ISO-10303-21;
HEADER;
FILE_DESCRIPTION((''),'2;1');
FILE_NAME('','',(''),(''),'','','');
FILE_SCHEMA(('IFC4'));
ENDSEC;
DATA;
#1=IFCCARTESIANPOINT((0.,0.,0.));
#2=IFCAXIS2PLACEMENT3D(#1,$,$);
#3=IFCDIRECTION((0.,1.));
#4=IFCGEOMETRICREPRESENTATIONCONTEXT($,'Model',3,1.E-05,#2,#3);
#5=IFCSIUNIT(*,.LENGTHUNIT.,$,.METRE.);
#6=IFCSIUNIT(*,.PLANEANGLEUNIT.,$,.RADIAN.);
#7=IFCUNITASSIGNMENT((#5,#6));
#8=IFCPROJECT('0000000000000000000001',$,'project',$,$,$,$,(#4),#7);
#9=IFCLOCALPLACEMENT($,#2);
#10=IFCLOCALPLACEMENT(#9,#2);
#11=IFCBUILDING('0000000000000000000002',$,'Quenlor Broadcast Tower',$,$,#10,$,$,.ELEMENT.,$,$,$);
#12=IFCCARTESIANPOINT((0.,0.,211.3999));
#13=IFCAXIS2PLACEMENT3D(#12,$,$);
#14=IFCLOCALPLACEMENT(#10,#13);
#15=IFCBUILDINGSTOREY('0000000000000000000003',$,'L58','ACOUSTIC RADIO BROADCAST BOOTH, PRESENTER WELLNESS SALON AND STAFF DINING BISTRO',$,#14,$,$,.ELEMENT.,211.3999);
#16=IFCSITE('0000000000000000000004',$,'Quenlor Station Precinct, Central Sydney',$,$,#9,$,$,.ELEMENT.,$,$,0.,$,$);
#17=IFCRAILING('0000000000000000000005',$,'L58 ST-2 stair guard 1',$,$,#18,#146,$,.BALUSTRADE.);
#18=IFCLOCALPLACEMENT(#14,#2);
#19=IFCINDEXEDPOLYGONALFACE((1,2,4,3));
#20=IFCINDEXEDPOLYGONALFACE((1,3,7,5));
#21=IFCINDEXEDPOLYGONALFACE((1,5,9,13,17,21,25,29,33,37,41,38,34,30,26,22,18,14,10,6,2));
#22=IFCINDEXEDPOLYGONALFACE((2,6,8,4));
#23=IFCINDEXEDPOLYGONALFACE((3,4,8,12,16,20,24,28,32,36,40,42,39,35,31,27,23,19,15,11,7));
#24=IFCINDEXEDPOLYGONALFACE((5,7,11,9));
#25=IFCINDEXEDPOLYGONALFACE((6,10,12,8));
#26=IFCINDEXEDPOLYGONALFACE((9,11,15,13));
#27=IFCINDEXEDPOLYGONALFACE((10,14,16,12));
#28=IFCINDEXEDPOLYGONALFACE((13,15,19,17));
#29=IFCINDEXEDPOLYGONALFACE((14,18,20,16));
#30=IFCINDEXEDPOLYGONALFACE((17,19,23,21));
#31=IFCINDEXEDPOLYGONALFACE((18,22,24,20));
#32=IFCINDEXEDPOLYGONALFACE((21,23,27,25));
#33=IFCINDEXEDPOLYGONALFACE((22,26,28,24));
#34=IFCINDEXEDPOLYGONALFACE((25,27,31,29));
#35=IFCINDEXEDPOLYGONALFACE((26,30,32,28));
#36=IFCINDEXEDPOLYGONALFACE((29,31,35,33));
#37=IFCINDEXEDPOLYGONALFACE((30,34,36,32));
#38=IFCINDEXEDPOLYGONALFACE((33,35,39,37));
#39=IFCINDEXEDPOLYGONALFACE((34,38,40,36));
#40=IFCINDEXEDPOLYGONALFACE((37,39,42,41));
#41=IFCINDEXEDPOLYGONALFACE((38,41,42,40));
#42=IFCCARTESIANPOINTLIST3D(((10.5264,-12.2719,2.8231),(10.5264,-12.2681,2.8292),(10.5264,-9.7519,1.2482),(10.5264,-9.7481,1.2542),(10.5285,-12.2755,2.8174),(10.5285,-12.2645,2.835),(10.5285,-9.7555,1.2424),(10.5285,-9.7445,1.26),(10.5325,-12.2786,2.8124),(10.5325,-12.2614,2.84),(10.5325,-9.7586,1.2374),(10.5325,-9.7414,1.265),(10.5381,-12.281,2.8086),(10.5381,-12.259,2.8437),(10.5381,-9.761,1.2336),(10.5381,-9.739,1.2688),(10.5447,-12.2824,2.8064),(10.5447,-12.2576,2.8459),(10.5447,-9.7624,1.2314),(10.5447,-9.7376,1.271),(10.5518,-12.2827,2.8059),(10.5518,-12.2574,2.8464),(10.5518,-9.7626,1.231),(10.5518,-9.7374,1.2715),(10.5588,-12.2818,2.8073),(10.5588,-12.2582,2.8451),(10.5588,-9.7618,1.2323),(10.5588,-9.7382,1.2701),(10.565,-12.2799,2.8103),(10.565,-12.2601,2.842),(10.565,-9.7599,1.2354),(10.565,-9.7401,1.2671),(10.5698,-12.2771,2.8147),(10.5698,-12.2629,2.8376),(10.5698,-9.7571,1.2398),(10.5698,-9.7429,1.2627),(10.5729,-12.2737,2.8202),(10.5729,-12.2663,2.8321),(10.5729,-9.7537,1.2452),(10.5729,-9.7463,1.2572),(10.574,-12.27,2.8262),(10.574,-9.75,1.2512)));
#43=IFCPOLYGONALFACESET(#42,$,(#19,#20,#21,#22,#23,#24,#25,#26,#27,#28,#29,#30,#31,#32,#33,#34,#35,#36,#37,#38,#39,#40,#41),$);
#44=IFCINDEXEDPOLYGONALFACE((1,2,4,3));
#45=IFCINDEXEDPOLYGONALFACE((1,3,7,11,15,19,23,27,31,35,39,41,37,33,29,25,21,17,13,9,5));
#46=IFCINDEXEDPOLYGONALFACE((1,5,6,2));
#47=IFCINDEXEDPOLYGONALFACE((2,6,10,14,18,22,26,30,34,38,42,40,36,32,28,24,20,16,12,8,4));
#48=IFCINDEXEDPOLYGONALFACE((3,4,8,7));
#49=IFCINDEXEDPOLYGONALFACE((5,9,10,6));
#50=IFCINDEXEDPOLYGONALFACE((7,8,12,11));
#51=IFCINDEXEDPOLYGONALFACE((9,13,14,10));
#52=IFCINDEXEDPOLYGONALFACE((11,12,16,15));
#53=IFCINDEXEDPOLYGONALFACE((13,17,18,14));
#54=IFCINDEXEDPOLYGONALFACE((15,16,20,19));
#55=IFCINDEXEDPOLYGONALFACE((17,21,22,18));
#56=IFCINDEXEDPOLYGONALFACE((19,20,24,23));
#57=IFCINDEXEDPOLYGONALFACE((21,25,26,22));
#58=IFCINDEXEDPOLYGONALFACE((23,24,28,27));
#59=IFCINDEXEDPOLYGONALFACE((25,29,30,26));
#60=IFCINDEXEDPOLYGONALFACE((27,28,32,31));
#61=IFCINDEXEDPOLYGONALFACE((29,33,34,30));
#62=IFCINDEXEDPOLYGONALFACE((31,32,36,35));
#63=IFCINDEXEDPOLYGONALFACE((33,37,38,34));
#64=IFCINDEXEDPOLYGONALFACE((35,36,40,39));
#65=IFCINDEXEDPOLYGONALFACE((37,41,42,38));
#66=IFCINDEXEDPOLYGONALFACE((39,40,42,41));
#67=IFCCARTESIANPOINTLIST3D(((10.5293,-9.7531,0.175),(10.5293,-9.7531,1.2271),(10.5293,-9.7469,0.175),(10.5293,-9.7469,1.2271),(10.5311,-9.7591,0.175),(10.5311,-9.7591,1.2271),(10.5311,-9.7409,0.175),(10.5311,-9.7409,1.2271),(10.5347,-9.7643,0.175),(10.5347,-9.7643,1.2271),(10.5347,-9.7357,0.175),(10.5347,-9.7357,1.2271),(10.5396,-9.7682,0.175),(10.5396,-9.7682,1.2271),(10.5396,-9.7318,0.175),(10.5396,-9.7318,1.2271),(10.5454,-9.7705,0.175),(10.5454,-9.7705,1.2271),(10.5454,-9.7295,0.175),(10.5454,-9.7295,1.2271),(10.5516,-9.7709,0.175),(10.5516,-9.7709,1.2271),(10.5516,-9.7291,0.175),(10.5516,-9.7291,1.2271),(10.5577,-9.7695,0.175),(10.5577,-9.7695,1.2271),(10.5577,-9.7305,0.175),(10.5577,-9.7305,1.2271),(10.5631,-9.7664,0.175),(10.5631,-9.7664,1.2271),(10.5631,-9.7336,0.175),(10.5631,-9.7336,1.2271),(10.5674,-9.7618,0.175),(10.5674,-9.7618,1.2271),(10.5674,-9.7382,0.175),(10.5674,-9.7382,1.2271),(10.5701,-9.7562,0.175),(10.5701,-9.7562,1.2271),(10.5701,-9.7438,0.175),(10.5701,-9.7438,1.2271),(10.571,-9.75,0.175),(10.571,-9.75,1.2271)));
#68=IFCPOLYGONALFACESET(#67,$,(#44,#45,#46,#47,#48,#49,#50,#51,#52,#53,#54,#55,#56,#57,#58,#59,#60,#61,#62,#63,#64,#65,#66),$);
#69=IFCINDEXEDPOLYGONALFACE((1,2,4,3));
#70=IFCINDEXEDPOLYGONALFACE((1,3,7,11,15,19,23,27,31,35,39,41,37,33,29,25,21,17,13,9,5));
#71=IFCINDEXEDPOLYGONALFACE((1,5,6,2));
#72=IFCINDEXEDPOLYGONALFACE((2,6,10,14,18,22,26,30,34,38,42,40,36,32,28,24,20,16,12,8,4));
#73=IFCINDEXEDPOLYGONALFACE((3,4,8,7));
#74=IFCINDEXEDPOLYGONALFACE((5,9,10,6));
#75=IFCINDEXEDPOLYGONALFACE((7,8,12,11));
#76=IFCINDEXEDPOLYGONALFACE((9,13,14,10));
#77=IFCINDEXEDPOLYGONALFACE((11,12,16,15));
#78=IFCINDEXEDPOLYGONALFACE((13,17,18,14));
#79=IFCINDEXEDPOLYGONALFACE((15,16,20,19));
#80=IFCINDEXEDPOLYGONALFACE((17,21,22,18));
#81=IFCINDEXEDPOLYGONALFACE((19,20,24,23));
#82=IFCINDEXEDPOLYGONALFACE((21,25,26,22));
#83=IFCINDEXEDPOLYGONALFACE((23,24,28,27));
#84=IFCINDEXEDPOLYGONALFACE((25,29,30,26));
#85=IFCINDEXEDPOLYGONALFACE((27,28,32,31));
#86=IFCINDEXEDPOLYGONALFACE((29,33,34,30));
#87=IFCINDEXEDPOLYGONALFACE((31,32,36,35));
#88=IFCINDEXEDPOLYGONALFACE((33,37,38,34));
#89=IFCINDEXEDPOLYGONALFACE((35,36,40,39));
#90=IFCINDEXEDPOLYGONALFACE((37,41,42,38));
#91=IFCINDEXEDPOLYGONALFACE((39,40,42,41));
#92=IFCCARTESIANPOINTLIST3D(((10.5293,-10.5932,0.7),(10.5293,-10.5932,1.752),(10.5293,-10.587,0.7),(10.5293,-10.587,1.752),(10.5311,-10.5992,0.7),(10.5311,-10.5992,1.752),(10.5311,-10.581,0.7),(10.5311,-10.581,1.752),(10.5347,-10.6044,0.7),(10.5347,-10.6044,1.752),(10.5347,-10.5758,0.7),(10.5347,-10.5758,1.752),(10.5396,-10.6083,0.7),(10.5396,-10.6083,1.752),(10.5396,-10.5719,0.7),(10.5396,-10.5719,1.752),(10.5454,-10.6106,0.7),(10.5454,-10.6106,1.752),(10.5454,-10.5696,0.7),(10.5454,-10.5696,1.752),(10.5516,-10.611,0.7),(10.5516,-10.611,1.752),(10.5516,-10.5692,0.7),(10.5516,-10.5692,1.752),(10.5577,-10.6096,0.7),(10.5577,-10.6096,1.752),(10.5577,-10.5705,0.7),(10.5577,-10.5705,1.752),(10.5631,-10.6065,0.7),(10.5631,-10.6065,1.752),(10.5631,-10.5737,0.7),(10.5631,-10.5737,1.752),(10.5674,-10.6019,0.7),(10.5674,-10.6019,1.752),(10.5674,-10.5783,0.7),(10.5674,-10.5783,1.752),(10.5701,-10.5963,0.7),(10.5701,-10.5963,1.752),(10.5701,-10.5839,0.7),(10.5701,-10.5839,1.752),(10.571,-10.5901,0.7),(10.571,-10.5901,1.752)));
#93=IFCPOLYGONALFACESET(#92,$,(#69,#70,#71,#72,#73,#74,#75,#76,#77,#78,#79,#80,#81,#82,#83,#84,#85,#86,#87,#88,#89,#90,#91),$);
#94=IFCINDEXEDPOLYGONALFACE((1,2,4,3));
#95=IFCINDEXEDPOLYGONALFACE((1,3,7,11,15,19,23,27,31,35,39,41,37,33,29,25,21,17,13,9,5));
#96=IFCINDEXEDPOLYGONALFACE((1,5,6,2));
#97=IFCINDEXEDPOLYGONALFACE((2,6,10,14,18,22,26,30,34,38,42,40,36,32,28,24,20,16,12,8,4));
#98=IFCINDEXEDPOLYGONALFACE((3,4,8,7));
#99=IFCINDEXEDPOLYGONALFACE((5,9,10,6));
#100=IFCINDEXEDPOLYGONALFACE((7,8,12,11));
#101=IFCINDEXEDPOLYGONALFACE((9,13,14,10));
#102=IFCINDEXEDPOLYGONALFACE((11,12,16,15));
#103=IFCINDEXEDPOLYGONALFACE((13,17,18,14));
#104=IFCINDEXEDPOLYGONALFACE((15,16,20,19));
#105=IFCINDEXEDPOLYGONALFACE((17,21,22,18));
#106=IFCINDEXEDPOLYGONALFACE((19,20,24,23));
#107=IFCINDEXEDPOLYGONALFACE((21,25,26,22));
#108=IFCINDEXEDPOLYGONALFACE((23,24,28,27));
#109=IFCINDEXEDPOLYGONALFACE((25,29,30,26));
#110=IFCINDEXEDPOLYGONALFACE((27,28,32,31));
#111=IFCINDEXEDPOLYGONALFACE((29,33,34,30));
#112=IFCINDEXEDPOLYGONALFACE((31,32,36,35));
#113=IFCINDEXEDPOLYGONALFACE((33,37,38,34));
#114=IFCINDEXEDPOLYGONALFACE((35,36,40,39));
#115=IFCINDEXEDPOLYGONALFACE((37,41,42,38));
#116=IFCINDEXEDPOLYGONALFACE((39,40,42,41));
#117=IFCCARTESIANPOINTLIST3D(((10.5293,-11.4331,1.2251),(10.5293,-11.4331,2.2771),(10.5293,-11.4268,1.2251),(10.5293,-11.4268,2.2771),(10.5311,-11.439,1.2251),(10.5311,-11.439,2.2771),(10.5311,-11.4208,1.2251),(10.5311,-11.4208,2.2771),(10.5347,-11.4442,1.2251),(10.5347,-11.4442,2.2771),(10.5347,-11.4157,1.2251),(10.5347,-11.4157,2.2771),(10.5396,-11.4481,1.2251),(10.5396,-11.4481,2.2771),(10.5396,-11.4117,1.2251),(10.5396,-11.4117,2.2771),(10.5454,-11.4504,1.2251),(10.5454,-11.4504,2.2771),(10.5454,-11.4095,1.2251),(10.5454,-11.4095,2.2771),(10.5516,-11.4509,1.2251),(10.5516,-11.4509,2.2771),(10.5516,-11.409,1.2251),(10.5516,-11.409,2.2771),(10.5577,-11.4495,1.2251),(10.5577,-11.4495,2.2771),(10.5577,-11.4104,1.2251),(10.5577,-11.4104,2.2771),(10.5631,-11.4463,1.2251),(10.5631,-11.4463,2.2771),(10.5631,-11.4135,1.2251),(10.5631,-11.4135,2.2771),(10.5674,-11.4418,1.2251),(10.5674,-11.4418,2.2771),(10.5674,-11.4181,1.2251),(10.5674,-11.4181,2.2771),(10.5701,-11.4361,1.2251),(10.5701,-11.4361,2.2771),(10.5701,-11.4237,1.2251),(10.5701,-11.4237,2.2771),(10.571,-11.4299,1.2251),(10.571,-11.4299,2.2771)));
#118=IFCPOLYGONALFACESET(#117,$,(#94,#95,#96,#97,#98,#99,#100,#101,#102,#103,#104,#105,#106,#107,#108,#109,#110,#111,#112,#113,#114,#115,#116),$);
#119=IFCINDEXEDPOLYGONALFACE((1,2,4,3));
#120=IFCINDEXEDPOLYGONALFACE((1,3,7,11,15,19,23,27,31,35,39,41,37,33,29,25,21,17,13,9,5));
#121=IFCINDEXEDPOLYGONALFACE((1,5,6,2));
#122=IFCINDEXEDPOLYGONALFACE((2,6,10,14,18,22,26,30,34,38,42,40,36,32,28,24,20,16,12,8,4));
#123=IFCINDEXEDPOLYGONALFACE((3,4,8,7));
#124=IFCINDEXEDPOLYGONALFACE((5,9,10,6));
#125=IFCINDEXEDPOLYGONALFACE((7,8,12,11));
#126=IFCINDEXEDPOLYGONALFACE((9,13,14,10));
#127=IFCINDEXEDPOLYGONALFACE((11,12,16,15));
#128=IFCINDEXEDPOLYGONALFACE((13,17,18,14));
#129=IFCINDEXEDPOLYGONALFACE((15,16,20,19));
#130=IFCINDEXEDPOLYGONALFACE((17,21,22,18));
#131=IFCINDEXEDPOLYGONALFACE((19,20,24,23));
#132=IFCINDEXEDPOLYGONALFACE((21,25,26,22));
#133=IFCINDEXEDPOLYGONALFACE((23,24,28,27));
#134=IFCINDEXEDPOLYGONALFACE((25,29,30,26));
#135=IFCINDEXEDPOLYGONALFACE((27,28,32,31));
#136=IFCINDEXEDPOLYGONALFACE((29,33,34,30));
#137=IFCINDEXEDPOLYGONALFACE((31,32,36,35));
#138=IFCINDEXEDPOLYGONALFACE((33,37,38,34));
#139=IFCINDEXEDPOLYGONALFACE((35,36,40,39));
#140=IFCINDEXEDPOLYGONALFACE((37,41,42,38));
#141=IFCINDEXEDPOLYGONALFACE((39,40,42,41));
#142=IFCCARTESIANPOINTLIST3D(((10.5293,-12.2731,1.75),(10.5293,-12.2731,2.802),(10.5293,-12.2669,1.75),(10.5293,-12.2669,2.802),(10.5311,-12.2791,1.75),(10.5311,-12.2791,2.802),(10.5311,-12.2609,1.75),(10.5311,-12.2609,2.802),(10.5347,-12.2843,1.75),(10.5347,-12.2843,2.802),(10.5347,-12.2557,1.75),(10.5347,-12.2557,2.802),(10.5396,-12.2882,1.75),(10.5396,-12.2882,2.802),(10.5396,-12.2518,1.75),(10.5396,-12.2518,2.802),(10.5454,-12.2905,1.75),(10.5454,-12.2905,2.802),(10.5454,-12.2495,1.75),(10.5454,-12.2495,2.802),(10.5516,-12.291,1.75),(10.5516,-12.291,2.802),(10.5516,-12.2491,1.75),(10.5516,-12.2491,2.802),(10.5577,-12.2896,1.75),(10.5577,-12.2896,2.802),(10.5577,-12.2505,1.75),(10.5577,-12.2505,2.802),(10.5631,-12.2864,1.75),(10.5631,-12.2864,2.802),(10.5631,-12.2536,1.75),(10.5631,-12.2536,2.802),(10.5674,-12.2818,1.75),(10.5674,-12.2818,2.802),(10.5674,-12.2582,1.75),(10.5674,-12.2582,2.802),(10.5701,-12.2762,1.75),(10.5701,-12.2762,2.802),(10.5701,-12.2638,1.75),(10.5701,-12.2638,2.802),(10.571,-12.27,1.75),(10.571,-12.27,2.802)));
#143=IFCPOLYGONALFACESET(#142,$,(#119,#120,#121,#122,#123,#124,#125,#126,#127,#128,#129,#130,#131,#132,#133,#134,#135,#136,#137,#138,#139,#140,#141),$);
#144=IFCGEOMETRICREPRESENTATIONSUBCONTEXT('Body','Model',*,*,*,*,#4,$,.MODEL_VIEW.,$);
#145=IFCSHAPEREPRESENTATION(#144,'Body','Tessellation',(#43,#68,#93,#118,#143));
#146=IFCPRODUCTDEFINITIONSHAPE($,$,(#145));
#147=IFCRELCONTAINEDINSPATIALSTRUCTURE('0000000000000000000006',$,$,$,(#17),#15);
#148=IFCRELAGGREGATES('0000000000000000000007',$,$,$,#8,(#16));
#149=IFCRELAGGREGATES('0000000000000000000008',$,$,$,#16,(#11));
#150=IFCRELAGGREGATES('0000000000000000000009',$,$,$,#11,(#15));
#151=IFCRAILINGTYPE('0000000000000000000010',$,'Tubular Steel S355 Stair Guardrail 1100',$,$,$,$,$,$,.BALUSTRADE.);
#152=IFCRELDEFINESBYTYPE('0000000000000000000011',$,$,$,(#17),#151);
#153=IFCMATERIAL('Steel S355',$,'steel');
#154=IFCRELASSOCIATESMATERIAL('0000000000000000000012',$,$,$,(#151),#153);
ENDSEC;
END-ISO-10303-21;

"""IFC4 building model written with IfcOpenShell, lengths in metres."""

from ifc_helpers import new_model, si_unit, direction, frame, origin, origin_2d, place, context, subcontext, project, spatial, circle, extrude, material, type_object, element, save


model = new_model("IFC4")

# Units and contexts
model_context = context("Model", 3, precision=1e-05, world=origin(), true_north=direction((0.0, 1.0)))
body_context = subcontext(model_context, "Body", "Model", "MODEL_VIEW")
ifc_project = project(units=[si_unit("LENGTHUNIT", "METRE"), si_unit("PLANEANGLEUNIT", "RADIAN")], contexts=[model_context])

# Site, building, storey
site_placement = place(None, origin())
site = spatial("IfcSite", under=ifc_project, at=site_placement, Name="Quenlor Station Precinct, Central Sydney", CompositionType="ELEMENT", RefElevation=0.0)
building_placement = place(site_placement, origin())
building = spatial("IfcBuilding", under=site, at=building_placement, Name="Quenlor Broadcast Tower", CompositionType="ELEMENT")
storey_placement = place(building_placement, frame((0.0, 0.0, 211.3999)))
storey = spatial("IfcBuildingStorey", under=building, at=storey_placement, Name="L58", Description="ACOUSTIC RADIO BROADCAST BOOTH, PRESENTER WELLNESS SALON AND STAFF DINING BISTRO", CompositionType="ELEMENT", Elevation=211.3999)

# Railing
ifc_material_1 = material(Name="Steel S355", Category="steel")
railing_type_1 = type_object("IfcRailingType", Name="Tubular Steel S355 Stair Guardrail 1100", PredefinedType="BALUSTRADE", material=ifc_material_1)
railing_1_placement = place(storey_placement, frame((10.55, -9.75, 0.175)))
element("IfcRailing", 1, at=railing_1_placement, inside=storey, type_object=railing_type_1, Name="L58 ST-2 stair guard 1", PredefinedType="BALUSTRADE", context=body_context, shape_type="SweptSolid", body=[
    extrude(circle(Radius=0.0239, at=origin_2d()), frame((0.0, 0.0, 1.0762), z_axis=(0.0, -0.848008, 0.529984), x_axis=(1.0, 0.0, 0.0)), (0.0, 0.0, 1.0), 2.9717),
    extrude(circle(Radius=0.021, at=origin_2d()), origin(), (0.0, 0.0, 1.0), 1.052),
    extrude(circle(Radius=0.021, at=origin_2d()), frame((0.0, -0.8401, 0.5249)), (0.0, 0.0, 1.0), 1.052),
    extrude(circle(Radius=0.021, at=origin_2d()), frame((0.0, -1.6799, 1.05)), (0.0, 0.0, 1.0), 1.052),
    extrude(circle(Radius=0.021, at=origin_2d()), frame((0.0, -2.52, 1.575)), (0.0, 0.0, 1.0), 1.052),
])

save(model, "model.ifc")
